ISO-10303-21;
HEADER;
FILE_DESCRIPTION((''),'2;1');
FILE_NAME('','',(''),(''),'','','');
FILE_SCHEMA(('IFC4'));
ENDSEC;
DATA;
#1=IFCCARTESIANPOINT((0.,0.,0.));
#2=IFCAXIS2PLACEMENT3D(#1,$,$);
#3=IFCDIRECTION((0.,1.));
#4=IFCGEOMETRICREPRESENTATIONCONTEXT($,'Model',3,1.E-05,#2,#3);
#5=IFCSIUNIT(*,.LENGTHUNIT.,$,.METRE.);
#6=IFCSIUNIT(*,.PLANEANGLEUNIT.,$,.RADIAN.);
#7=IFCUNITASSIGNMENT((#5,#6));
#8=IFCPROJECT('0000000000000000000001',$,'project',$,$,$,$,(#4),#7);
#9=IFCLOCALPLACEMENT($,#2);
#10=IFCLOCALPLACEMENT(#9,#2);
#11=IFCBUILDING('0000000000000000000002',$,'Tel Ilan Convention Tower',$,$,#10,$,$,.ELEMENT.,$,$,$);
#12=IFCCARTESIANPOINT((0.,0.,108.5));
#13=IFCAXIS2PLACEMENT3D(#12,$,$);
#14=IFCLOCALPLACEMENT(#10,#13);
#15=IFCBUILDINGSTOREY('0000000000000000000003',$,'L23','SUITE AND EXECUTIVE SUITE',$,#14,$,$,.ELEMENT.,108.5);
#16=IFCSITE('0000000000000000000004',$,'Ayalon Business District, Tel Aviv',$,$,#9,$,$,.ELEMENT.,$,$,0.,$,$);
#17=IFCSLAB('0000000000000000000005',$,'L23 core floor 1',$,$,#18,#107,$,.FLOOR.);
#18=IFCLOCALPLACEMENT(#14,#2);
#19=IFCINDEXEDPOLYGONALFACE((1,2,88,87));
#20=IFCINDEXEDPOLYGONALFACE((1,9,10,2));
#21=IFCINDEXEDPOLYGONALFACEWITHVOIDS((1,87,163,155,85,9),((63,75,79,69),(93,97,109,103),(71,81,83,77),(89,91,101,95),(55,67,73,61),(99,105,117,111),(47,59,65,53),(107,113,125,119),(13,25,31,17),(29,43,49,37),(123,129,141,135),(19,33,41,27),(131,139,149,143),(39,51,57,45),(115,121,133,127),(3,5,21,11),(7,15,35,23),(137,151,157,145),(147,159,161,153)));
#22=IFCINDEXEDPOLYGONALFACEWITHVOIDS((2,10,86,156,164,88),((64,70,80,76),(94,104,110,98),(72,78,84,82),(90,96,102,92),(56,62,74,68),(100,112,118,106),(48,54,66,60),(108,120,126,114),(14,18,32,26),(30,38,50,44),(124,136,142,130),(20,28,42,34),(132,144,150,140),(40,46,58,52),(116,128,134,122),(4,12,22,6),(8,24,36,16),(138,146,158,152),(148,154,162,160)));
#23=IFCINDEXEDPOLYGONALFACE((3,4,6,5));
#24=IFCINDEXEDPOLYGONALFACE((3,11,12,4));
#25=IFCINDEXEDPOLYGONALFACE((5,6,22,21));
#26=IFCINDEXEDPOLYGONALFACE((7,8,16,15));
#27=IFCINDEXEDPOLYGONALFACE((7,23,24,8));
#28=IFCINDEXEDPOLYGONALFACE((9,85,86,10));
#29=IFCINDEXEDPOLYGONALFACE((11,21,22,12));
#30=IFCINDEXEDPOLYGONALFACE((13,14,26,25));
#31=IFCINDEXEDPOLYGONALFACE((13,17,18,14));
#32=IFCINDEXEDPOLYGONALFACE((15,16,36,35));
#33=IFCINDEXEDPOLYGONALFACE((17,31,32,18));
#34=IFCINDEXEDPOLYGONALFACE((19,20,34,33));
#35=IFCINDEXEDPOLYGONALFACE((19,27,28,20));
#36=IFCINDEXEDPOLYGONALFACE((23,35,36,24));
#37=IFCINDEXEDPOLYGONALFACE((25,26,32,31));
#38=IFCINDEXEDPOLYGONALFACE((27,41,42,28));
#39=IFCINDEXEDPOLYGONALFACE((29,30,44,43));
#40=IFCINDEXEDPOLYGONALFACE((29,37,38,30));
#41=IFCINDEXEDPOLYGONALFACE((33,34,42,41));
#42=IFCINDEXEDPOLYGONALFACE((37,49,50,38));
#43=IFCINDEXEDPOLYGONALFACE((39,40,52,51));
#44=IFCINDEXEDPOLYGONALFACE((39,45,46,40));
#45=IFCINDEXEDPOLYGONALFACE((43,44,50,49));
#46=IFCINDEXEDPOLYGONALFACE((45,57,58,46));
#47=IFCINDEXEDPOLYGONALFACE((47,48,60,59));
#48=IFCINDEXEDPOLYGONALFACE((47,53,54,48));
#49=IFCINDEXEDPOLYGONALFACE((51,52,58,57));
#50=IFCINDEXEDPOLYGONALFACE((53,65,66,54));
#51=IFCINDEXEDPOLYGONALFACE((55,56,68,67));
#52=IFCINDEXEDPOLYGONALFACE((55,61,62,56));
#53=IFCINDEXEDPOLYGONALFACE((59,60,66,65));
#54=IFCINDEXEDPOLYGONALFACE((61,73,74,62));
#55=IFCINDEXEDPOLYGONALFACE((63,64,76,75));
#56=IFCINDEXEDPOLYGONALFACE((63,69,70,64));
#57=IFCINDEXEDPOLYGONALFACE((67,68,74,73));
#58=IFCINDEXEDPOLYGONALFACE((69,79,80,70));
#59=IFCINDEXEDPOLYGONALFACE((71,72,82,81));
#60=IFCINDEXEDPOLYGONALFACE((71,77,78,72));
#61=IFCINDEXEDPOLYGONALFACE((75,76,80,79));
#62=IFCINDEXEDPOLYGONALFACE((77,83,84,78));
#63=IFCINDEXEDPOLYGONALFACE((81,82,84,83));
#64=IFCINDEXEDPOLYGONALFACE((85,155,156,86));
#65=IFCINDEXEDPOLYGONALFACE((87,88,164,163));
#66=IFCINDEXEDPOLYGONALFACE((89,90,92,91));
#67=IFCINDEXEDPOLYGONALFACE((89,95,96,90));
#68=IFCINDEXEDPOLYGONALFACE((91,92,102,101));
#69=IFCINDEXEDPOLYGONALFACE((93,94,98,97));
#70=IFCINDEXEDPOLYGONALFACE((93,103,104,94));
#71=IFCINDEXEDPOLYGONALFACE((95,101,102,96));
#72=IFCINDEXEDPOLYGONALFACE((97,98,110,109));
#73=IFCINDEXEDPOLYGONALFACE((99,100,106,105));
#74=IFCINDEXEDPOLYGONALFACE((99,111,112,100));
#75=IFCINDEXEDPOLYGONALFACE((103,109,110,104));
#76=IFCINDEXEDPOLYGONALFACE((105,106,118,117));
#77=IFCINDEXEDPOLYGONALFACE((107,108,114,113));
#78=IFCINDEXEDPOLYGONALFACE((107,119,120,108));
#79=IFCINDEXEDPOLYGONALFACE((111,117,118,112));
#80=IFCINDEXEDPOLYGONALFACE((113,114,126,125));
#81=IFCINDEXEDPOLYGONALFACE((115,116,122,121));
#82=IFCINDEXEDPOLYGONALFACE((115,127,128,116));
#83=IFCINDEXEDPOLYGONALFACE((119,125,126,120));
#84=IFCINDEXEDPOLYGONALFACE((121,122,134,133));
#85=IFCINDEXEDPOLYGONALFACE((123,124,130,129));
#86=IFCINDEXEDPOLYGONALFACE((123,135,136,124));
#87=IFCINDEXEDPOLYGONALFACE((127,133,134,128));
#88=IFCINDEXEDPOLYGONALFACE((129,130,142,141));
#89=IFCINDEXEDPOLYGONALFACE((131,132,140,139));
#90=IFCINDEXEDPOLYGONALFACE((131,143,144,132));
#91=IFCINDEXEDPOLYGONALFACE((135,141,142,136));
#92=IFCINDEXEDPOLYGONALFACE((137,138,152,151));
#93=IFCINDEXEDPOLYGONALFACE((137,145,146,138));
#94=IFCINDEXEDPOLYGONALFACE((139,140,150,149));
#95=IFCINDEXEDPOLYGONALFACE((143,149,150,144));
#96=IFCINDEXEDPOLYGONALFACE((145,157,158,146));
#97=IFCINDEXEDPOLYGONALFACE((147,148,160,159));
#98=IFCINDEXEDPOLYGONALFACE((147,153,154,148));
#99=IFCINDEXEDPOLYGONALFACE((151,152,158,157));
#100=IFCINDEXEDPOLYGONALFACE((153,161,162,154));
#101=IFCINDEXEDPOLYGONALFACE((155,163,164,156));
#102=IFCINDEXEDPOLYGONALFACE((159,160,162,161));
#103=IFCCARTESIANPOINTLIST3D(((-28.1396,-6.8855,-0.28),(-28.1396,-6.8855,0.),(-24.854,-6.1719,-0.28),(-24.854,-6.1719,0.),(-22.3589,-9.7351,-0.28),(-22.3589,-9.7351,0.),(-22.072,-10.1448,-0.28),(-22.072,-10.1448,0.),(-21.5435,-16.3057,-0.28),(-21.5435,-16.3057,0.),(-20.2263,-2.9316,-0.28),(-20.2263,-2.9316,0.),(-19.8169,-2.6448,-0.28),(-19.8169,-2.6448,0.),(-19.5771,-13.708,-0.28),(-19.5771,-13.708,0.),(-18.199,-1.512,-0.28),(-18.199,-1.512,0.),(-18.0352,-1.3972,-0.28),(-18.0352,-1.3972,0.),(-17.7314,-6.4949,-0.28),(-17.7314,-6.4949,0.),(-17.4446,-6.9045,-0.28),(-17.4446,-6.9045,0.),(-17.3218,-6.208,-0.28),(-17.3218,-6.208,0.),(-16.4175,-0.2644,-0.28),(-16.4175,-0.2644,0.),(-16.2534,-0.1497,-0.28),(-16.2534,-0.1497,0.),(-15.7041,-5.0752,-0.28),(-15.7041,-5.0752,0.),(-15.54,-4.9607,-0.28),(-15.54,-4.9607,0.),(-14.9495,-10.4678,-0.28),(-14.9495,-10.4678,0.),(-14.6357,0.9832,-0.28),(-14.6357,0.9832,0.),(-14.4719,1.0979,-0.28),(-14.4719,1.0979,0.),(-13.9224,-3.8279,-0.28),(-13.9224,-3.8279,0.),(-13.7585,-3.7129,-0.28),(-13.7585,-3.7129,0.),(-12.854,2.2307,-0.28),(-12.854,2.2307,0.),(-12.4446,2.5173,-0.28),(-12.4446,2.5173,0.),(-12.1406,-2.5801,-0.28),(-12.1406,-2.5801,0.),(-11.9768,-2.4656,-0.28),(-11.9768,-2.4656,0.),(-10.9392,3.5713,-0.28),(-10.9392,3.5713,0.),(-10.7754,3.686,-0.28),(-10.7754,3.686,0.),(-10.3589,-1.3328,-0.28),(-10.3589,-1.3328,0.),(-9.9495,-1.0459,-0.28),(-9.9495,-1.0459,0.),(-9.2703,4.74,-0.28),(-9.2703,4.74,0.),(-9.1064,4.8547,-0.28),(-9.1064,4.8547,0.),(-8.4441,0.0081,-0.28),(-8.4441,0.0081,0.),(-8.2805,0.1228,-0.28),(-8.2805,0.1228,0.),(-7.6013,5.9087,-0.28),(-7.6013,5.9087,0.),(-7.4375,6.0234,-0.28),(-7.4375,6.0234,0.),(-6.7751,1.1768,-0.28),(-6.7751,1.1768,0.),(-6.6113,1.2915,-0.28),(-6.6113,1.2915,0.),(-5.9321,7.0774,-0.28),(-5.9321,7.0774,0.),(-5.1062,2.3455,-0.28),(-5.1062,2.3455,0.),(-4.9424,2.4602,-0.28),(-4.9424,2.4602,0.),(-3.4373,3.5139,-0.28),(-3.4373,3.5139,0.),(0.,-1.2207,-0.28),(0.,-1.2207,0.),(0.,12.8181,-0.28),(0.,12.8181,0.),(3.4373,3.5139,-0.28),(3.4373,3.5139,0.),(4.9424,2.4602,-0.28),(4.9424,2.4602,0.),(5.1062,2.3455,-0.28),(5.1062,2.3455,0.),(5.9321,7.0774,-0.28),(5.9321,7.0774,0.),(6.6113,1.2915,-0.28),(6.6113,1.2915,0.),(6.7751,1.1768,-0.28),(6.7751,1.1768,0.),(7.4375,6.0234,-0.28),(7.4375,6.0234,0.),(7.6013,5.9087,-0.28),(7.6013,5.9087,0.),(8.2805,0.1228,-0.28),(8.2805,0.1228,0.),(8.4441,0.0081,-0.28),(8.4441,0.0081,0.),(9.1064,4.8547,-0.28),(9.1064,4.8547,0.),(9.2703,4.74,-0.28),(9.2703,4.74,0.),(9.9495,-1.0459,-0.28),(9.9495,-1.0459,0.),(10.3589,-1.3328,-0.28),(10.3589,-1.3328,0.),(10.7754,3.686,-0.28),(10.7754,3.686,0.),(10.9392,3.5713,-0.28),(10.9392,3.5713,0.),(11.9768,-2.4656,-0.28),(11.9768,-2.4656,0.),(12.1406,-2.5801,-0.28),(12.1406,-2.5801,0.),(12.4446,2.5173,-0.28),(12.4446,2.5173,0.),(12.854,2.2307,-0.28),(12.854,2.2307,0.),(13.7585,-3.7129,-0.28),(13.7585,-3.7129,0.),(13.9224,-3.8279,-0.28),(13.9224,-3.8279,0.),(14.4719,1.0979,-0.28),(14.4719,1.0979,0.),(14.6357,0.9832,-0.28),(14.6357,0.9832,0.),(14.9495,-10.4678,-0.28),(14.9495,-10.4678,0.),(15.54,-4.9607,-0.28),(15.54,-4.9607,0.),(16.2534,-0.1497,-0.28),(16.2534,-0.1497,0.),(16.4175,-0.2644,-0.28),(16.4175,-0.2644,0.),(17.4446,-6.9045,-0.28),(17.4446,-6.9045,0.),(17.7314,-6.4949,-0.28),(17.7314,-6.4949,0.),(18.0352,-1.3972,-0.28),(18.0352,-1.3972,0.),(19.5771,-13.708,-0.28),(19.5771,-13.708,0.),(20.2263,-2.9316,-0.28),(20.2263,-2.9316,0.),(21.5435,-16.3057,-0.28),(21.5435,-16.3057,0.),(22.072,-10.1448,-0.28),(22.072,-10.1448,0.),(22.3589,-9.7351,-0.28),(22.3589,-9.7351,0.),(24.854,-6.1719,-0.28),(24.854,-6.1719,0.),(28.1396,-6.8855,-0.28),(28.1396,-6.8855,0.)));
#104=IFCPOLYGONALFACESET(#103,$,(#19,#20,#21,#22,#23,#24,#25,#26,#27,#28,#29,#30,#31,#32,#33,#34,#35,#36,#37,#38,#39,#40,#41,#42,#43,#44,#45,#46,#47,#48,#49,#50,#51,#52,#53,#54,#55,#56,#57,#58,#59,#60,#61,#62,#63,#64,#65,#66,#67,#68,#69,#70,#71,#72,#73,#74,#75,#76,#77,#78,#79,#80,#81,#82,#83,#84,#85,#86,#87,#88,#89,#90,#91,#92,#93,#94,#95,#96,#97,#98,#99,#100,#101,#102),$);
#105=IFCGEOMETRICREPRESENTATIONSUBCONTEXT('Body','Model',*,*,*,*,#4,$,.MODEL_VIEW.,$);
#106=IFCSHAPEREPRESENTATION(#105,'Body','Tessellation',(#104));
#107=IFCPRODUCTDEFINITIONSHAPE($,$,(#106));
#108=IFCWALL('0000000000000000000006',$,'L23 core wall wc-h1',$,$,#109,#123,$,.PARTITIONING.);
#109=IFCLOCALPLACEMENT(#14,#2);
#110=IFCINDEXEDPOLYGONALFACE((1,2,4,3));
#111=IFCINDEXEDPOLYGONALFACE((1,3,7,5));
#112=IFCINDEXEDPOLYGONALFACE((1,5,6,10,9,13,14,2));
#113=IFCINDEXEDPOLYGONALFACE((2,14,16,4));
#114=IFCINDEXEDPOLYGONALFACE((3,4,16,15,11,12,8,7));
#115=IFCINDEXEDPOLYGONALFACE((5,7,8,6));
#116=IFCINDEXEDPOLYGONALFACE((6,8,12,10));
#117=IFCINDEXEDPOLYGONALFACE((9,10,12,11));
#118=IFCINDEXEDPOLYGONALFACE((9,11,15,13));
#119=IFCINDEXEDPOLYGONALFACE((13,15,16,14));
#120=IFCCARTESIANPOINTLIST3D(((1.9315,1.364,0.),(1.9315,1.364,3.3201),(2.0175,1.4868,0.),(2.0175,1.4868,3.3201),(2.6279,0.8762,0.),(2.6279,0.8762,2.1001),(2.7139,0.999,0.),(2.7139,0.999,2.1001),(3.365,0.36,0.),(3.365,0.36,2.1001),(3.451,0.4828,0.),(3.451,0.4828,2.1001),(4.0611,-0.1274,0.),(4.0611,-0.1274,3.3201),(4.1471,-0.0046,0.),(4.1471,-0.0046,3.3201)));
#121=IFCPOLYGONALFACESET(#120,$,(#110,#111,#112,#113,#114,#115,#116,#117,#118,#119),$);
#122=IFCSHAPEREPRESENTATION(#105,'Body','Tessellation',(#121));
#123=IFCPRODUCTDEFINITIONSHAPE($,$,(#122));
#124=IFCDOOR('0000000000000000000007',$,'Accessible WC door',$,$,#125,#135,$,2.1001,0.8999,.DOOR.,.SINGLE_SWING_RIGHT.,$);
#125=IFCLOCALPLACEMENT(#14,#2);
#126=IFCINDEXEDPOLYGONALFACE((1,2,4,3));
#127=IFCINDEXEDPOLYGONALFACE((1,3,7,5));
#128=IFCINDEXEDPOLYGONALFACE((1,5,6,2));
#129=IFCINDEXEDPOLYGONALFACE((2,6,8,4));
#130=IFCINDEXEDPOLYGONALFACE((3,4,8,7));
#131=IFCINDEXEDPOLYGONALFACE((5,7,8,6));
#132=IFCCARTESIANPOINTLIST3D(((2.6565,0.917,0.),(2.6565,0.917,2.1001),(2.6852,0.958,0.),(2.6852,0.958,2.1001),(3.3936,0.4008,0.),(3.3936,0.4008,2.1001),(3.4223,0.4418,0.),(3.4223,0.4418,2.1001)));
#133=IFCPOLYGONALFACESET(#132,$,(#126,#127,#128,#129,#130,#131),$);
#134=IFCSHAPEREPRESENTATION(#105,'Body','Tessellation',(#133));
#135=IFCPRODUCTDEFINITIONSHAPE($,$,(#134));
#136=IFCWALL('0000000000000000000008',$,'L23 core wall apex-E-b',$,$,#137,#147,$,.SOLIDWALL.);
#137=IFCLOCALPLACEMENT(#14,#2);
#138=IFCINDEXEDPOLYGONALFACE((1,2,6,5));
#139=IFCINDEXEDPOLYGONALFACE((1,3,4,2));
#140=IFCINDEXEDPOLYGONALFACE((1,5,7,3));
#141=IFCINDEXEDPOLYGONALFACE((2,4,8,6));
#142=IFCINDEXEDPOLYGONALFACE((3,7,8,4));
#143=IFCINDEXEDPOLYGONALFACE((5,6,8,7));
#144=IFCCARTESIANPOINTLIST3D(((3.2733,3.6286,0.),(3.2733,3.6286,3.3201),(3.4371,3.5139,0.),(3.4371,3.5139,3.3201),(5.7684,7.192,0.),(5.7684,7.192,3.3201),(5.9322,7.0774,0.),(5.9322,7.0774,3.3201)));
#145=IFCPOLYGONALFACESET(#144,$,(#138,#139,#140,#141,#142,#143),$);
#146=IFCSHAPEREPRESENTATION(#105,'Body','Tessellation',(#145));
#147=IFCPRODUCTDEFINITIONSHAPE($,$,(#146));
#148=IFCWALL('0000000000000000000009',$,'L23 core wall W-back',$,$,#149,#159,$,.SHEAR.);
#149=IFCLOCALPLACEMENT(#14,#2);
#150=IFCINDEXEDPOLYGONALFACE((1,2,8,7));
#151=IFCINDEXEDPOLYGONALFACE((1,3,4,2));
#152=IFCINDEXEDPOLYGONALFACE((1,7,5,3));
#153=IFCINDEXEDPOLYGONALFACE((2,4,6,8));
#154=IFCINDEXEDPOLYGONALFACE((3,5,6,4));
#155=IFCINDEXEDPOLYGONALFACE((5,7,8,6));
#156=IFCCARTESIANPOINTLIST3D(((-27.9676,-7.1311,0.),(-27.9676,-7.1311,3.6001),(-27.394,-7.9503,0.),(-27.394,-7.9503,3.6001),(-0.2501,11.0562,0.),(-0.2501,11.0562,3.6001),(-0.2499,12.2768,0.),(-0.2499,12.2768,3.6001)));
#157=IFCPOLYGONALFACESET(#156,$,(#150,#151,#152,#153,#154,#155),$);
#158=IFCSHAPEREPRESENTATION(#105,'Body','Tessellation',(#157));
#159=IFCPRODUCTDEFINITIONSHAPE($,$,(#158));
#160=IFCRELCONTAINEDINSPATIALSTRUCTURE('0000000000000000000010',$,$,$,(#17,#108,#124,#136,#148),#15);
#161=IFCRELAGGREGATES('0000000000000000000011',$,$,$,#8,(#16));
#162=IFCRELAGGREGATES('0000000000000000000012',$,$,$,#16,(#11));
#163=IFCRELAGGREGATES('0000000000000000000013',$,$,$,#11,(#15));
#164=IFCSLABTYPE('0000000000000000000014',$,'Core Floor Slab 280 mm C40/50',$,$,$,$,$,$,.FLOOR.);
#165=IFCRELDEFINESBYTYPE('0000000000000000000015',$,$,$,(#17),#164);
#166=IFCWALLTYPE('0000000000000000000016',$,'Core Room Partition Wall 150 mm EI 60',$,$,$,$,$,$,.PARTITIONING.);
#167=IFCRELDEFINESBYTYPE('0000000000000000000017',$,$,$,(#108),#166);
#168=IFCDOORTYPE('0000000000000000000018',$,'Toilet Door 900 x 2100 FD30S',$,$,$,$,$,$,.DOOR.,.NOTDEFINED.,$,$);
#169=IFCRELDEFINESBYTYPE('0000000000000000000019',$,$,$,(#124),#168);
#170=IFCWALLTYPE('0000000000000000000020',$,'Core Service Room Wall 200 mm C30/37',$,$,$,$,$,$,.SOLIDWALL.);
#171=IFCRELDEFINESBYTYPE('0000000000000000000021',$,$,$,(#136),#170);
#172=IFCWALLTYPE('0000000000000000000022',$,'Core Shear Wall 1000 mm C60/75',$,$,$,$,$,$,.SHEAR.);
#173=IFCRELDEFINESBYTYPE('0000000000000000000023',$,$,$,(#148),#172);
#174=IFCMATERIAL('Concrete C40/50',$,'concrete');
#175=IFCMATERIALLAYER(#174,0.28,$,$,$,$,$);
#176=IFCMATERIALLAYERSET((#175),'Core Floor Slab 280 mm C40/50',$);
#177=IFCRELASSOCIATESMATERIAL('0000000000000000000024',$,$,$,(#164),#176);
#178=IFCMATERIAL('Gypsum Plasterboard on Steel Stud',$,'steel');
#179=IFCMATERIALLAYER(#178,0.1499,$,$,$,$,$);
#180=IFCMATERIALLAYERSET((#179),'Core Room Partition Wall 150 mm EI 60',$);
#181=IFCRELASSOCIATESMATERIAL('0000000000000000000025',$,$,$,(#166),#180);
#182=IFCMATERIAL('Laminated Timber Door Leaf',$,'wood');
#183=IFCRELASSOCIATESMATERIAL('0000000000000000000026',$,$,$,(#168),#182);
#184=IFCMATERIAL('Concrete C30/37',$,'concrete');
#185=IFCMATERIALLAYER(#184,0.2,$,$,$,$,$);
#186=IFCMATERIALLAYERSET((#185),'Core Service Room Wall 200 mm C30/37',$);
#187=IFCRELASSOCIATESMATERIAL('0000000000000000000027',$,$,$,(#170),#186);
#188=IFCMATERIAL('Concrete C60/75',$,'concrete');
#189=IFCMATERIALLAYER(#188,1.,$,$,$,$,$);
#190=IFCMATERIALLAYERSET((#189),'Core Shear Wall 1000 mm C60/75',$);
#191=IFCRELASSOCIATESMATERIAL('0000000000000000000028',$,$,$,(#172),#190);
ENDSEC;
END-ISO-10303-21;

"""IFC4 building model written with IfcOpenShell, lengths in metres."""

from ifc_helpers import new_model, si_unit, direction, frame, frame_2d, origin, place, context, subcontext, project, spatial, polyline, rectangle, outline, extrude, material, layer, layer_set, type_object, element, fill, save


model = new_model("IFC4")

# Units and contexts
model_context = context("Model", 3, precision=1e-05, world=origin(), true_north=direction((0.0, 1.0)))
body_context = subcontext(model_context, "Body", "Model", "MODEL_VIEW")
ifc_project = project(units=[si_unit("LENGTHUNIT", "METRE"), si_unit("PLANEANGLEUNIT", "RADIAN")], contexts=[model_context])

# Site, building, storey
site_placement = place(None, origin())
site = spatial("IfcSite", under=ifc_project, at=site_placement, Name="Ayalon Business District, Tel Aviv", CompositionType="ELEMENT", RefElevation=0.0)
building_placement = place(site_placement, origin())
building = spatial("IfcBuilding", under=site, at=building_placement, Name="Tel Ilan Convention Tower", CompositionType="ELEMENT")
storey_placement = place(building_placement, frame((0.0, 0.0, 108.5)))
storey = spatial("IfcBuildingStorey", under=building, at=storey_placement, Name="L23", Description="SUITE AND EXECUTIVE SUITE", CompositionType="ELEMENT", Elevation=108.5)

# Slab
ifc_material_1 = material(Name="Concrete C40/50", Category="concrete")
ifc_layer_1 = layer(ifc_material_1, 0.28)
ifc_layer_set_1 = layer_set([ifc_layer_1], Name="Core Floor Slab 280 mm C40/50")
slab_type_1 = type_object("IfcSlabType", Name="Core Floor Slab 280 mm C40/50", PredefinedType="FLOOR", material=ifc_layer_set_1)
slab_1_placement = place(storey_placement, frame((0.0, 0.0, -0.28)))
element("IfcSlab", 1, at=slab_1_placement, inside=storey, type_object=slab_type_1, Name="L23 core floor 1", PredefinedType="FLOOR", context=body_context, shape_type="SweptSolid", body=[
    extrude(outline(polyline([(-28.1396, -6.8855), (0.0, 12.8181), (28.1396, -6.8855), (21.5435, -16.3057), (0.0, -1.2207), (-21.5435, -16.3057), (-28.1396, -6.8855)]), holes=[polyline([(-14.9495, -10.4678), (-17.4446, -6.9045), (-22.072, -10.1448), (-19.5771, -13.708), (-14.9495, -10.4678)]), polyline([(-17.7314, -6.4949), (-20.2263, -2.9316), (-24.854, -6.1719), (-22.3589, -9.7351), (-17.7314, -6.4949)]), polyline([(-18.199, -1.512), (-19.8169, -2.6448), (-17.3218, -6.208), (-15.7041, -5.0752), (-18.199, -1.512)]), polyline([(-16.4175, -0.2644), (-18.0352, -1.3972), (-15.54, -4.9607), (-13.9224, -3.8279), (-16.4175, -0.2644)]), polyline([(-14.6357, 0.9832), (-16.2534, -0.1497), (-13.7585, -3.7129), (-12.1406, -2.5801), (-14.6357, 0.9832)]), polyline([(-12.854, 2.2307), (-14.4719, 1.0979), (-11.9768, -2.4656), (-10.3589, -1.3328), (-12.854, 2.2307)]), polyline([(-10.9392, 3.5713), (-12.4446, 2.5173), (-9.9495, -1.0459), (-8.4441, 0.0081), (-10.9392, 3.5713)]), polyline([(-6.7751, 1.1768), (-9.2703, 4.74), (-10.7754, 3.686), (-8.2805, 0.1228), (-6.7751, 1.1768)]), polyline([(-5.1062, 2.3455), (-7.6013, 5.9087), (-9.1064, 4.8547), (-6.6113, 1.2915), (-5.1062, 2.3455)]), polyline([(-5.9321, 7.0774), (-7.4375, 6.0234), (-4.9424, 2.4602), (-3.4373, 3.5139), (-5.9321, 7.0774)]), polyline([(17.4446, -6.9045), (14.9495, -10.4678), (19.5771, -13.708), (22.072, -10.1448), (17.4446, -6.9045)]), polyline([(20.2263, -2.9316), (17.7314, -6.4949), (22.3589, -9.7351), (24.854, -6.1719), (20.2263, -2.9316)]), polyline([(13.9224, -3.8279), (15.54, -4.9607), (18.0352, -1.3972), (16.4175, -0.2644), (13.9224, -3.8279)]), polyline([(12.1406, -2.5801), (13.7585, -3.7129), (16.2534, -0.1497), (14.6357, 0.9832), (12.1406, -2.5801)]), polyline([(11.9768, -2.4656), (14.4719, 1.0979), (12.854, 2.2307), (10.3589, -1.3328), (11.9768, -2.4656)]), polyline([(9.9495, -1.0459), (12.4446, 2.5173), (10.9392, 3.5713), (8.4441, 0.0081), (9.9495, -1.0459)]), polyline([(8.2805, 0.1228), (10.7754, 3.686), (9.2703, 4.74), (6.7751, 1.1768), (8.2805, 0.1228)]), polyline([(5.1062, 2.3455), (6.6113, 1.2915), (9.1064, 4.8547), (7.6013, 5.9087), (5.1062, 2.3455)]), polyline([(3.4373, 3.5139), (4.9424, 2.4602), (7.4375, 6.0234), (5.9321, 7.0774), (3.4373, 3.5139)])]), origin(), (0.0, 0.0, 1.0), 0.28),
])

# Wall, opening, door
ifc_material_2 = material(Name="Gypsum Plasterboard on Steel Stud", Category="steel")
ifc_layer_2 = layer(ifc_material_2, 0.1499)
ifc_layer_set_2 = layer_set([ifc_layer_2], Name="Core Room Partition Wall 150 mm EI 60")
wall_type_1 = type_object("IfcWallType", Name="Core Room Partition Wall 150 mm EI 60", PredefinedType="PARTITIONING", material=ifc_layer_set_2)
wall_1_placement = place(storey_placement, frame((1.9746, 1.4253, 0.0), z_axis=(0.0, 0.0, 1.0), x_axis=(0.819104, -0.573645, 0.0)))
wall_1 = element("IfcWall", 2, at=wall_1_placement, inside=storey, type_object=wall_type_1, Name="L23 core wall wc-h1", PredefinedType="PARTITIONING", context=body_context, shape_type="SweptSolid", body=[
    extrude(rectangle(XDim=2.5999, YDim=0.1499, at=frame_2d((1.2998, 0.0))), origin(), (0.0, 0.0, 1.0), 3.3201),
])
opening_1_placement = place(wall_1_placement, frame((0.8501, 0.0, 0.0)))
opening_1 = element("IfcOpeningElement", 3, at=opening_1_placement, cuts=wall_1, PredefinedType="OPENING", context=body_context, shape_type="SweptSolid", body=[
    extrude(rectangle(XDim=0.8999, YDim=2.1001, at=frame_2d((0.45, 1.05))), frame((0.0, 0.085, 0.0), z_axis=(0.0, -1.0, 0.0), x_axis=(1.0, 0.0, 0.0)), (0.0, 0.0, 1.0), 0.1699),
])
ifc_material_3 = material(Name="Laminated Timber Door Leaf", Category="wood")
door_type_1 = type_object("IfcDoorType", Name="Toilet Door 900 x 2100 FD30S", OperationType="NOTDEFINED", PredefinedType="DOOR", material=ifc_material_3)
door_1_placement = place(opening_1_placement, origin())
door_1 = element("IfcDoor", 4, at=door_1_placement, inside=storey, type_object=door_type_1, Name="Accessible WC door", OperationType="SINGLE_SWING_RIGHT", OverallHeight=2.1001, OverallWidth=0.8999, PredefinedType="DOOR", context=body_context, shape_type="SweptSolid", body=[
    extrude(rectangle(XDim=0.8999, YDim=2.1001, at=frame_2d((0.45, 1.05))), frame((0.0, 0.0249, 0.0), z_axis=(0.0, -1.0, 0.0), x_axis=(1.0, 0.0, 0.0)), (0.0, 0.0, 1.0), 0.05),
])
fill(opening_1, door_1)

# Walls
ifc_material_4 = material(Name="Concrete C30/37", Category="concrete")
ifc_layer_3 = layer(ifc_material_4, 0.2)
ifc_layer_set_3 = layer_set([ifc_layer_3], Name="Core Service Room Wall 200 mm C30/37")
wall_type_2 = type_object("IfcWallType", Name="Core Service Room Wall 200 mm C30/37", PredefinedType="SOLIDWALL", material=ifc_layer_set_3)
wall_2_placement = place(storey_placement, frame((3.3552, 3.5713, 0.0), z_axis=(0.0, 0.0, 1.0), x_axis=(0.573568, 0.819158, 0.0)))
element("IfcWall", 5, at=wall_2_placement, inside=storey, type_object=wall_type_2, Name="L23 core wall apex-E-b", PredefinedType="SOLIDWALL", context=body_context, shape_type="SweptSolid", body=[
    extrude(rectangle(XDim=4.3501, YDim=0.2, at=frame_2d((2.175, 0.0))), origin(), (0.0, 0.0, 1.0), 3.3201),
])
ifc_material_5 = material(Name="Concrete C60/75", Category="concrete")
ifc_layer_4 = layer(ifc_material_5, 1.0)
ifc_layer_set_4 = layer_set([ifc_layer_4], Name="Core Shear Wall 1000 mm C60/75")
wall_type_3 = type_object("IfcWallType", Name="Core Shear Wall 1000 mm C60/75", PredefinedType="SHEAR", material=ifc_layer_set_4)
wall_3_placement = place(storey_placement, frame((0.0369, 11.8672, 0.0), z_axis=(0.0, 0.0, 1.0), x_axis=(-0.819155, -0.573572, 0.0)))
element("IfcWall", 6, at=wall_3_placement, inside=storey, type_object=wall_type_3, Name="L23 core wall W-back", PredefinedType="SHEAR", context=body_context, shape_type="SweptSolid", body=[
    extrude(outline(polyline([(33.8369, 0.5), (0.7002, 0.4998), (0.0, -0.5), (33.8369, -0.5), (33.8369, 0.5)])), origin(), (0.0, 0.0, 1.0), 3.6001),
])

save(model, "model.ifc")
